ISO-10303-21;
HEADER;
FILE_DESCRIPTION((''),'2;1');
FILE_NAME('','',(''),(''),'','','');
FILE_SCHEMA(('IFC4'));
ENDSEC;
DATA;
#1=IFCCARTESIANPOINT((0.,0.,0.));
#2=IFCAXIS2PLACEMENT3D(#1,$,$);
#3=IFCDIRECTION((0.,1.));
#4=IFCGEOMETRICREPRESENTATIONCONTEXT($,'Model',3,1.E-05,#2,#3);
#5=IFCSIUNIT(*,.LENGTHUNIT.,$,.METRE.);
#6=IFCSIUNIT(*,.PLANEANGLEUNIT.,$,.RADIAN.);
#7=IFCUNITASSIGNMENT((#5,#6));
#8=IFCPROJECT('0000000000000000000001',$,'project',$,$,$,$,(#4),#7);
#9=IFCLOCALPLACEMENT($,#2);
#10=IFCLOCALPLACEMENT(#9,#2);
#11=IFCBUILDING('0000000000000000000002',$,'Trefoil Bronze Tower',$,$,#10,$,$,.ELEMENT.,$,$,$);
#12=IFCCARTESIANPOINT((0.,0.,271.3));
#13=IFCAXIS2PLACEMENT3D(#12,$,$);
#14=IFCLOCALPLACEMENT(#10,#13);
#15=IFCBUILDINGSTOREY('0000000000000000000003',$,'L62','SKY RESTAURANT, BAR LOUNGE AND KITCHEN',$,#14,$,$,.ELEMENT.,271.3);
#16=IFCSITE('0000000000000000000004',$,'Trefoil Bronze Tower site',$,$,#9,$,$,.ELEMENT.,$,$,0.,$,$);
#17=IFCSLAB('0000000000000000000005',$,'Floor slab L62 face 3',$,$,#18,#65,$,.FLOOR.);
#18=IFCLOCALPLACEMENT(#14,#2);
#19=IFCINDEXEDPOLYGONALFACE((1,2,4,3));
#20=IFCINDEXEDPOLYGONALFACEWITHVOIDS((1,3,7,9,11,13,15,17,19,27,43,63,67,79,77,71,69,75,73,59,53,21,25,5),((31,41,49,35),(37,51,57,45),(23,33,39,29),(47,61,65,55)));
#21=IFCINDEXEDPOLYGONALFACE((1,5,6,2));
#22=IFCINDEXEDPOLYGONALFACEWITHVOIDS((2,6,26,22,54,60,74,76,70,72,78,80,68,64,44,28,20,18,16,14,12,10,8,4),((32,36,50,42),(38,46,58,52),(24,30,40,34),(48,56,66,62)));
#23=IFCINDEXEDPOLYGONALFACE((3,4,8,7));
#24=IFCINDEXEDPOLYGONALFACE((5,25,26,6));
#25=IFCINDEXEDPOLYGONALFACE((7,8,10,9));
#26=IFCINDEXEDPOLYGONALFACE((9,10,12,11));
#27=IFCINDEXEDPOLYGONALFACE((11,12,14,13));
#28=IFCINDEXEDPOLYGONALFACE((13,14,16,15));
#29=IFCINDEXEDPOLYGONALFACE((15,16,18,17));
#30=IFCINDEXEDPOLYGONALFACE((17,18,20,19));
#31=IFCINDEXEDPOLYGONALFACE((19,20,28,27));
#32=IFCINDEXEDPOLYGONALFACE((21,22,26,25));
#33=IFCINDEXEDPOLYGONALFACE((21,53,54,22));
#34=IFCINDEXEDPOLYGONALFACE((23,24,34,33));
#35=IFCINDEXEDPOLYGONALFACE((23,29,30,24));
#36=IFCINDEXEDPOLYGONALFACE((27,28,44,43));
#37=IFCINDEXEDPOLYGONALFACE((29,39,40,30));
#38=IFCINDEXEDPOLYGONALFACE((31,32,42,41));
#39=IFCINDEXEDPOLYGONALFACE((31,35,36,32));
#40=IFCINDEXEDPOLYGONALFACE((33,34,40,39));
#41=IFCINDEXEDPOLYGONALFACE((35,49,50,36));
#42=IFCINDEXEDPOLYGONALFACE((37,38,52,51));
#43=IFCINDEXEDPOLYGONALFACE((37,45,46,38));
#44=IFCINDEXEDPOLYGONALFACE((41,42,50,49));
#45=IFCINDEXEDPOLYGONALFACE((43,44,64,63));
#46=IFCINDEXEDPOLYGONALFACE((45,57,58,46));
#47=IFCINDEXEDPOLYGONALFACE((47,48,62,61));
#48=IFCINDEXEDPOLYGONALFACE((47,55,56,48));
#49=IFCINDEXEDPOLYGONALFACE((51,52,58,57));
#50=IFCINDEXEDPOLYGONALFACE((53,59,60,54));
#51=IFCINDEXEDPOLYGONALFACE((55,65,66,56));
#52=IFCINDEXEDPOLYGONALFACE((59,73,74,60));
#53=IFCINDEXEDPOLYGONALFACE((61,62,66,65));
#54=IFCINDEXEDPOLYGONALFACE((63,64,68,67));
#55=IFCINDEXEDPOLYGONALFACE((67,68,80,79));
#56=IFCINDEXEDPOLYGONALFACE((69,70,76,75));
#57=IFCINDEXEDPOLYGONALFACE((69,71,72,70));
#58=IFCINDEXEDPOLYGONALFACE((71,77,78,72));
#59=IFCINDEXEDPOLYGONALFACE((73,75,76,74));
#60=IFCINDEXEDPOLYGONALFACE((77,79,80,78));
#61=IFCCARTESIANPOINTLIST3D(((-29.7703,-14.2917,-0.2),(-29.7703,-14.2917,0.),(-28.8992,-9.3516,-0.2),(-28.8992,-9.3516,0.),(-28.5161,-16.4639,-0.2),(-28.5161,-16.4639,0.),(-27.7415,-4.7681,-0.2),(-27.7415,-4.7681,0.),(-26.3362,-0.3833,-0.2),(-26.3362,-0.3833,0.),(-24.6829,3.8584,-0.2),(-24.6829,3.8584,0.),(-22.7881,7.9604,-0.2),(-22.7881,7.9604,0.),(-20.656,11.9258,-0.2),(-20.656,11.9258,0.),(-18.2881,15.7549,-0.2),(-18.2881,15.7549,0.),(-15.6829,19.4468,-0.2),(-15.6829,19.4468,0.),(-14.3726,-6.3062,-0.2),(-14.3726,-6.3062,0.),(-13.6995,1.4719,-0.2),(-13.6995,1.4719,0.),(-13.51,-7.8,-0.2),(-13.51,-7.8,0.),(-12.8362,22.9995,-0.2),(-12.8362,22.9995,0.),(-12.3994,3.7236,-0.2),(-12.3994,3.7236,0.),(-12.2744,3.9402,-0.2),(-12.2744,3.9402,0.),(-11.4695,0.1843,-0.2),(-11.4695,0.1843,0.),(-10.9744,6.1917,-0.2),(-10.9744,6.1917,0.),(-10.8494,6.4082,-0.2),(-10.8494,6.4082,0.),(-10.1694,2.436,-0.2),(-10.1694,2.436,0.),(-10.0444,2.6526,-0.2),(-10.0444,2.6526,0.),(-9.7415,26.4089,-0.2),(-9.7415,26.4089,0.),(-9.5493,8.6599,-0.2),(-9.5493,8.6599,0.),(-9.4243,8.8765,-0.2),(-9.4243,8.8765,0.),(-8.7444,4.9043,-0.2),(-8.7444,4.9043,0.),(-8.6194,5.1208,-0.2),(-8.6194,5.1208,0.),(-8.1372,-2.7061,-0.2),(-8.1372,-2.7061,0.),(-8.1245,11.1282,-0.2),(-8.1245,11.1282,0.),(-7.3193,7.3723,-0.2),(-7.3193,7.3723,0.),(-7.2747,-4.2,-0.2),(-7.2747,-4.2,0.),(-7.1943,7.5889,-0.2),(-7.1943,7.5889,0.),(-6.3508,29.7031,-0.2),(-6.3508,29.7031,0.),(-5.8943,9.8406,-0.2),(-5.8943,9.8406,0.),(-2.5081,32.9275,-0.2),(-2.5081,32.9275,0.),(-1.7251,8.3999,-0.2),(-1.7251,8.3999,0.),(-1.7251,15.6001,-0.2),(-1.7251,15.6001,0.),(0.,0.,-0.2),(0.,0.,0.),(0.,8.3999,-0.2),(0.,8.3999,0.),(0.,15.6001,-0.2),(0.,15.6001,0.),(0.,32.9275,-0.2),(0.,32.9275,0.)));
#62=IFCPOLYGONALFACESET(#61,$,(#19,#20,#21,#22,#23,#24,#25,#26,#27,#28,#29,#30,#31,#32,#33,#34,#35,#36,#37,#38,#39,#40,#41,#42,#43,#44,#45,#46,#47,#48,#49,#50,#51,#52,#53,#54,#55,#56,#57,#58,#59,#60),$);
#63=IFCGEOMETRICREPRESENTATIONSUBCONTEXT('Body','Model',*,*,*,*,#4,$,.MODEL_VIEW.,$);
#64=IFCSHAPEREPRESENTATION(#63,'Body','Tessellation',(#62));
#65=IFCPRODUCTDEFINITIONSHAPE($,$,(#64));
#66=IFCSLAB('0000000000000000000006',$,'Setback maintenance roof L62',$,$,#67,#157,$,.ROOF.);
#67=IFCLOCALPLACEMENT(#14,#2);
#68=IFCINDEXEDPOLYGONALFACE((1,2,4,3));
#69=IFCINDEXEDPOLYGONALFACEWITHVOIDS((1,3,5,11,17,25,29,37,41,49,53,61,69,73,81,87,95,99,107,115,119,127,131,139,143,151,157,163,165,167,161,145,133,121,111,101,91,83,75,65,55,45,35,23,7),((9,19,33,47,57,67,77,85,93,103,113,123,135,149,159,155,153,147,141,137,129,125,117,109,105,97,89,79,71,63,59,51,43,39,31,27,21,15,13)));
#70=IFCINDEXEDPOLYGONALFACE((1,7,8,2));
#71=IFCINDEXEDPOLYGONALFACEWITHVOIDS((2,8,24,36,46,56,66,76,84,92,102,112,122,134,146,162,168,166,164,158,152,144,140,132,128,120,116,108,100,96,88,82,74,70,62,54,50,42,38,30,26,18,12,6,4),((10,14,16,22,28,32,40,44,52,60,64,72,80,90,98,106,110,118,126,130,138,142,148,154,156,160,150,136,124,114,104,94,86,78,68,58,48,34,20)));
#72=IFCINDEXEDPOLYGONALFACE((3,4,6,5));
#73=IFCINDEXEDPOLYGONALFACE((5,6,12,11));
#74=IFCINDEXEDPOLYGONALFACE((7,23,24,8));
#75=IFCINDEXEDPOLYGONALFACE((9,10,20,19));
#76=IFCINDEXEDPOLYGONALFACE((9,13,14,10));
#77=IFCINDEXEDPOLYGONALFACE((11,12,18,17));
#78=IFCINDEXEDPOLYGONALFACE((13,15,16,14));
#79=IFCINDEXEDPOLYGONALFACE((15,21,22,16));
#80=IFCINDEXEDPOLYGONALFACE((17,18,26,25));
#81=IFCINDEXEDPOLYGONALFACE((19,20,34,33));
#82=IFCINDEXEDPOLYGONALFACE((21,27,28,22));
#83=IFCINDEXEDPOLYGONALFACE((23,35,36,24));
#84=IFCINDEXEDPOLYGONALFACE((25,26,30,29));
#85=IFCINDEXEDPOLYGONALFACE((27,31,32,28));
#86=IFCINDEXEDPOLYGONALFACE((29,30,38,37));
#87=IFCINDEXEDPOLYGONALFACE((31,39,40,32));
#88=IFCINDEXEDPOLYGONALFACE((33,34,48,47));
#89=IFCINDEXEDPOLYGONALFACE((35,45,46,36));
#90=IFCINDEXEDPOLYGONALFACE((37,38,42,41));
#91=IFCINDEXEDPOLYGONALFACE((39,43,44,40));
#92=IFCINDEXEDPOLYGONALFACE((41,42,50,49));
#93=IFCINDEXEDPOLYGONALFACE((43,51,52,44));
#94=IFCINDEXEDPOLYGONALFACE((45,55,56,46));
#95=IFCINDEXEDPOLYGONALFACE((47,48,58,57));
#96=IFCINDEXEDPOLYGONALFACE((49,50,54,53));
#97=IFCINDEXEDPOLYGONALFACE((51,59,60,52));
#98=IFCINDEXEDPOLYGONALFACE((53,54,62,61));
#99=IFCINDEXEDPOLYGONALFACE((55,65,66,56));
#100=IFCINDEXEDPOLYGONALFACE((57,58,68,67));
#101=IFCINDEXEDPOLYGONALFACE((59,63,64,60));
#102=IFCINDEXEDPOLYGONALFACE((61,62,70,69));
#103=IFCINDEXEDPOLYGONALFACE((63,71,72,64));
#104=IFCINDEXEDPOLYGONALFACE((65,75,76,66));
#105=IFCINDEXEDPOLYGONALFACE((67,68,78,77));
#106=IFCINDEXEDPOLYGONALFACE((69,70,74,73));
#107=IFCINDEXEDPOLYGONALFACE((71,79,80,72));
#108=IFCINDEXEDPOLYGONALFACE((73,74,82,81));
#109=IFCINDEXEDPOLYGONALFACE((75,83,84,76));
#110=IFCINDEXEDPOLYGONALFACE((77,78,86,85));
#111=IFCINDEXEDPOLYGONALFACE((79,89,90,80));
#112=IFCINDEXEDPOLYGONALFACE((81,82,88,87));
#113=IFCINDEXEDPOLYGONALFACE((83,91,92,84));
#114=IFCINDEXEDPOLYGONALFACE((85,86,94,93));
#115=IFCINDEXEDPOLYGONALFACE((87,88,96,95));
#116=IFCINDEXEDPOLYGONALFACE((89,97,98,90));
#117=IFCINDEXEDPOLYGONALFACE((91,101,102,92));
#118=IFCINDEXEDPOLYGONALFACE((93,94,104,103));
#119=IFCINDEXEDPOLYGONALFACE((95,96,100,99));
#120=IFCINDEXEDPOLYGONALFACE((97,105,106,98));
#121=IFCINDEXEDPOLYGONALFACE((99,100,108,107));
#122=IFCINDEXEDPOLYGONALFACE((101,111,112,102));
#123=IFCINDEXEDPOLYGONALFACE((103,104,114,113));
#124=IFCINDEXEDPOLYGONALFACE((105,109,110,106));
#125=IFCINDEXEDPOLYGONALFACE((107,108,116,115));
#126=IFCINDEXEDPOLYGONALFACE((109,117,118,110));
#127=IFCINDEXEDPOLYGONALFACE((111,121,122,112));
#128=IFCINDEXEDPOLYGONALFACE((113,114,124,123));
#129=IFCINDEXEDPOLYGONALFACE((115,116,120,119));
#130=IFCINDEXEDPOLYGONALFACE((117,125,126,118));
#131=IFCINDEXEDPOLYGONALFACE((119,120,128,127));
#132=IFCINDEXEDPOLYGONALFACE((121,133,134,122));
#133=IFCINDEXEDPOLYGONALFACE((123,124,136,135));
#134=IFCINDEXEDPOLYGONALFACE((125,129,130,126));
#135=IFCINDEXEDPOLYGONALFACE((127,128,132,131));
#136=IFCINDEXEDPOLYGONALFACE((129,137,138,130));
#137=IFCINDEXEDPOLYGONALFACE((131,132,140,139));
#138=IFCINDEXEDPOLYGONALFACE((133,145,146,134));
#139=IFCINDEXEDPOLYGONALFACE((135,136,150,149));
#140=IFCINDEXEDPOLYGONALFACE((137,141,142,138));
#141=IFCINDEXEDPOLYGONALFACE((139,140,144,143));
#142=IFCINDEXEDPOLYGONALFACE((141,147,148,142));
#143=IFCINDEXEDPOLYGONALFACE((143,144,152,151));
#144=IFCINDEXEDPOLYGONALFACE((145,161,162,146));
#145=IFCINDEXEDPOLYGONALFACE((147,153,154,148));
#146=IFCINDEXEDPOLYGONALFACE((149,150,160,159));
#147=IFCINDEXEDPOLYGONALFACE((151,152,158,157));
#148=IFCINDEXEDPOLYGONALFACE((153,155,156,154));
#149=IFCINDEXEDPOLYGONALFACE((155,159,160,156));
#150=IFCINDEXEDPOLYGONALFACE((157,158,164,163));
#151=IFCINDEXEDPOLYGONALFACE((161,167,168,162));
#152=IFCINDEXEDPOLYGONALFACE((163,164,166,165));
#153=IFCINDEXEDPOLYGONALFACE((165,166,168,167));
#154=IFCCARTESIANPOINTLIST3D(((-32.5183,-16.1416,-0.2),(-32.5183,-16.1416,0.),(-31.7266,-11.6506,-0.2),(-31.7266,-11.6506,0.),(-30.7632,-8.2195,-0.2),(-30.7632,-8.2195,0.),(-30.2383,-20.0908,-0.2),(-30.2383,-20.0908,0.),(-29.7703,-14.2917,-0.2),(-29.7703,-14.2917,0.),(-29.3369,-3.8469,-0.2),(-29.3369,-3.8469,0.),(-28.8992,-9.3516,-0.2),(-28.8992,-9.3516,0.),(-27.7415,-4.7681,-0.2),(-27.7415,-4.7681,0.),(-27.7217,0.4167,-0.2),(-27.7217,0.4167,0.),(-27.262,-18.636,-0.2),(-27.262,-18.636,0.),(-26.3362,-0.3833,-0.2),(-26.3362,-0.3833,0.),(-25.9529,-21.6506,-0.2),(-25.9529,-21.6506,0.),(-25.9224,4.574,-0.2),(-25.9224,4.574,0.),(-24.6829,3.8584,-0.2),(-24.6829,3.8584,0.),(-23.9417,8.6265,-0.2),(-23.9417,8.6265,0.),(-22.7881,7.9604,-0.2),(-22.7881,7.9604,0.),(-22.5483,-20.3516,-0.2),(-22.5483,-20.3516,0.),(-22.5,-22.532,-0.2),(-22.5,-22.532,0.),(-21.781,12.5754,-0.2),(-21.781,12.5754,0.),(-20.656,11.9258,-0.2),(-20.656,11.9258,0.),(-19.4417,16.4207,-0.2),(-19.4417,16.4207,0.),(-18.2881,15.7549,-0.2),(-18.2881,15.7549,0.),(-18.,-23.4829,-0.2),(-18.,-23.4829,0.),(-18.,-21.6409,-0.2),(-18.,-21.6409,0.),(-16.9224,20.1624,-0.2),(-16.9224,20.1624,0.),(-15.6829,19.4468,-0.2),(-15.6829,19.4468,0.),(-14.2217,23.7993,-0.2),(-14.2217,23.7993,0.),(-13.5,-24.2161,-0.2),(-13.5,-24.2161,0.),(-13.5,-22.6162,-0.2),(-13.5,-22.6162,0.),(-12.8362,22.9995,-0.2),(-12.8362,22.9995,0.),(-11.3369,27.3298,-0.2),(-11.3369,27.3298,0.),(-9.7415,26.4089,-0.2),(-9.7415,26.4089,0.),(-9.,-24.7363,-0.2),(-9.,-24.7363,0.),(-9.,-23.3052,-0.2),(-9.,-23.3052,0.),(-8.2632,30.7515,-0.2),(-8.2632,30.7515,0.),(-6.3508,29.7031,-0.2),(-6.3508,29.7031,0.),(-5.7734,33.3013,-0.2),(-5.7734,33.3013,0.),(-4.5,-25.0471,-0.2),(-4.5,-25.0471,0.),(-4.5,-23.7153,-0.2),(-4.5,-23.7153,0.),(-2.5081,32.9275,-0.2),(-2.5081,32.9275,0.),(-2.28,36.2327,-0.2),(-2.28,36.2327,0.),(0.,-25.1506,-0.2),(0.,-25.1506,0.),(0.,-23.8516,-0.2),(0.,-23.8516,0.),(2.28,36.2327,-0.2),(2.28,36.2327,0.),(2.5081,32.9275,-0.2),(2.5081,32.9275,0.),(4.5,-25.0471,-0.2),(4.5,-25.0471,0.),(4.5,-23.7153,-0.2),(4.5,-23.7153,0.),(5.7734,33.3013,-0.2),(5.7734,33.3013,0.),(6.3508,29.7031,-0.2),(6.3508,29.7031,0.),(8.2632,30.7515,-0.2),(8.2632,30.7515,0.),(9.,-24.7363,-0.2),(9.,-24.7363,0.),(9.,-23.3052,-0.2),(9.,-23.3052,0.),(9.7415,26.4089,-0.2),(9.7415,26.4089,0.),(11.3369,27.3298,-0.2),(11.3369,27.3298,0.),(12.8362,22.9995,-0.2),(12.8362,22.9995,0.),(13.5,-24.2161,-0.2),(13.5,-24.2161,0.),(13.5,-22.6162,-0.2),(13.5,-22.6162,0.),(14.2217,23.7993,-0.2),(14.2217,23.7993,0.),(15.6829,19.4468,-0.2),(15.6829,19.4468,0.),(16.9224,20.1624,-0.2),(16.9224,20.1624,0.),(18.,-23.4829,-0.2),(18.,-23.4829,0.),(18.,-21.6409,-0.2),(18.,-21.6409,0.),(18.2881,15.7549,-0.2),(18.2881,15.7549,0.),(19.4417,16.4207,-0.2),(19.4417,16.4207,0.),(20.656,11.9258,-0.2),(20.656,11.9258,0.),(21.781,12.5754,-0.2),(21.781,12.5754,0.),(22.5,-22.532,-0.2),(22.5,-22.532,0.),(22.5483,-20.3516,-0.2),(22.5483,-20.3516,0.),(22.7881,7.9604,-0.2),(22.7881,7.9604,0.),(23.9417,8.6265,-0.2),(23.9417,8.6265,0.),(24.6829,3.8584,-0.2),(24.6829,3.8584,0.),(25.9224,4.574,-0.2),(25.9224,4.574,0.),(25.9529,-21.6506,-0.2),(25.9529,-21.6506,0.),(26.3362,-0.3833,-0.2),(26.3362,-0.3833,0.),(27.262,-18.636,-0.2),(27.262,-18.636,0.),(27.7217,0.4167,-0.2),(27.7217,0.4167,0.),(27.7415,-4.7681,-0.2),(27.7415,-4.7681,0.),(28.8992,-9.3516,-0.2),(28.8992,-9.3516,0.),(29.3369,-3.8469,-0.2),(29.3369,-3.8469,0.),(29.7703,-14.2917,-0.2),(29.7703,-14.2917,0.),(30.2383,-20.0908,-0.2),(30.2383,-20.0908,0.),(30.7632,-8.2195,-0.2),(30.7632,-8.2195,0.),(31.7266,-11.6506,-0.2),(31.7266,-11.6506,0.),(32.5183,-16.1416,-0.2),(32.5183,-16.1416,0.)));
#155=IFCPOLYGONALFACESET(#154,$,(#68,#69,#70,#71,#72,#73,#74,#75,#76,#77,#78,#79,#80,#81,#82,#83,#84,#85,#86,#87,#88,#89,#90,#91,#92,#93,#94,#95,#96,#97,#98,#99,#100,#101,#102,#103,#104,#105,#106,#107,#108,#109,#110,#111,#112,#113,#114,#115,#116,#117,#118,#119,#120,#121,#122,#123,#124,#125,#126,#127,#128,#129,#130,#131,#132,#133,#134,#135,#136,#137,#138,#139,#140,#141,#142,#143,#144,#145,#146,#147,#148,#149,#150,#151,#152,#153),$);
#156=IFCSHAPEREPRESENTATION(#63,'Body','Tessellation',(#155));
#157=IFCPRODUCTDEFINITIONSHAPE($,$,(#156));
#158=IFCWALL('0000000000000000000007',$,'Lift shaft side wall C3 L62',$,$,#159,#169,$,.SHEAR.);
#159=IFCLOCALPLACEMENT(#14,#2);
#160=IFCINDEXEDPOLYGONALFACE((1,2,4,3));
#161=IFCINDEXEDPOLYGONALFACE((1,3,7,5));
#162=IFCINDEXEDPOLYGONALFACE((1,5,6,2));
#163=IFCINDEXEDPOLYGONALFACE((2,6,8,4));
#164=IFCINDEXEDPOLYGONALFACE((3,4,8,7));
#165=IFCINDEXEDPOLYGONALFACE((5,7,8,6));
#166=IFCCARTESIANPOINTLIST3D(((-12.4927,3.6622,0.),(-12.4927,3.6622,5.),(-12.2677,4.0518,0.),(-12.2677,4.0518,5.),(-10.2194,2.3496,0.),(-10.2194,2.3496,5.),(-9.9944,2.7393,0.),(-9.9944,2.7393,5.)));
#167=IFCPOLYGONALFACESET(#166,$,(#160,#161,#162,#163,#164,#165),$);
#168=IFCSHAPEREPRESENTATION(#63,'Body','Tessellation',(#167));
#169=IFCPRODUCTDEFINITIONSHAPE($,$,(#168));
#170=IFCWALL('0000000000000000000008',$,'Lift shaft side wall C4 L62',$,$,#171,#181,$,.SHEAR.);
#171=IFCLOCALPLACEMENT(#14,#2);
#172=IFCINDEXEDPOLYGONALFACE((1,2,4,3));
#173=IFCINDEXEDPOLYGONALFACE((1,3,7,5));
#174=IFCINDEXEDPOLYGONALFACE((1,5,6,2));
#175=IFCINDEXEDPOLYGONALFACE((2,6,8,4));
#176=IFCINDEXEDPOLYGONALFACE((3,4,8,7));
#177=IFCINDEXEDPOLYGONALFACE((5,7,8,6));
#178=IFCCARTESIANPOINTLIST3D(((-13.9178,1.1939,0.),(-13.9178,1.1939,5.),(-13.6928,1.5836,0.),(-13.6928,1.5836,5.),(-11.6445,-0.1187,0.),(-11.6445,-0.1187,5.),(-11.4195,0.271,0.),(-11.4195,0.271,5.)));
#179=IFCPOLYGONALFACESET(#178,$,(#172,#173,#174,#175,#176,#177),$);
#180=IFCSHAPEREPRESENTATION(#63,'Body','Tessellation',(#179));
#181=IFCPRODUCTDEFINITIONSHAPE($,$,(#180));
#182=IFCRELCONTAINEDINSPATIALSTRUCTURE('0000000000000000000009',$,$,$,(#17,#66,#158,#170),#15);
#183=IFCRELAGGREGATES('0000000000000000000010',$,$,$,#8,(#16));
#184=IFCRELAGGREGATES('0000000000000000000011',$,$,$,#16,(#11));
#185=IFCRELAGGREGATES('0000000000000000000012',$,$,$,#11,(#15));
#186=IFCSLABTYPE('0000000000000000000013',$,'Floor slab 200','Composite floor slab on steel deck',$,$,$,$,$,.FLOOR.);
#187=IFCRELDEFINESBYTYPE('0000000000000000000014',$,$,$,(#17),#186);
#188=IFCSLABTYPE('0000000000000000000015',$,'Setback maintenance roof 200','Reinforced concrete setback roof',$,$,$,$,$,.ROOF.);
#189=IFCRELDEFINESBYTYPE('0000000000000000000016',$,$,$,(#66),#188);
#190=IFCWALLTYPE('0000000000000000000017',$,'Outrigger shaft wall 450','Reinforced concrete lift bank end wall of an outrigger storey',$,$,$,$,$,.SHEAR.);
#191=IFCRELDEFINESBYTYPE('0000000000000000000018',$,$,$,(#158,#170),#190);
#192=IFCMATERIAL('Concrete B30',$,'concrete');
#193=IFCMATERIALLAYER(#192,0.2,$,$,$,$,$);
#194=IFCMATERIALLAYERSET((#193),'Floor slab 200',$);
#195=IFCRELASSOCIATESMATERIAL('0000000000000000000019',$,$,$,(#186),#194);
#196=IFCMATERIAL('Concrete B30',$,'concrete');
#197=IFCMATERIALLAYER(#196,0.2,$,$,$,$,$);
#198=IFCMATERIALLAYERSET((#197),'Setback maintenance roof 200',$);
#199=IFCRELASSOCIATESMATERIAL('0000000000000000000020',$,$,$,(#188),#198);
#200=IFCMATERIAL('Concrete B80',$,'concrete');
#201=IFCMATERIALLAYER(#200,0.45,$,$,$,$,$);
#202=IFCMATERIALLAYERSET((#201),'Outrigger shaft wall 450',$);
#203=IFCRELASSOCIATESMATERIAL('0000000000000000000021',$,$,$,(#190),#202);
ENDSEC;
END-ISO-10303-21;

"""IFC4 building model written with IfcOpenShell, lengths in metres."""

from ifc_helpers import new_model, si_unit, direction, frame, frame_2d, origin, place, context, subcontext, project, spatial, polyline, rectangle, outline, extrude, material, layer, layer_set, type_object, element, save


model = new_model("IFC4")

# Units and contexts
model_context = context("Model", 3, precision=1e-05, world=origin(), true_north=direction((0.0, 1.0)))
body_context = subcontext(model_context, "Body", "Model", "MODEL_VIEW")
ifc_project = project(units=[si_unit("LENGTHUNIT", "METRE"), si_unit("PLANEANGLEUNIT", "RADIAN")], contexts=[model_context])

# Site, building, storey
site_placement = place(None, origin())
site = spatial("IfcSite", under=ifc_project, at=site_placement, Name="Trefoil Bronze Tower site", CompositionType="ELEMENT", RefElevation=0.0)
building_placement = place(site_placement, origin())
building = spatial("IfcBuilding", under=site, at=building_placement, Name="Trefoil Bronze Tower", CompositionType="ELEMENT")
storey_placement = place(building_placement, frame((0.0, 0.0, 271.3)))
storey = spatial("IfcBuildingStorey", under=building, at=storey_placement, Name="L62", Description="SKY RESTAURANT, BAR LOUNGE AND KITCHEN", CompositionType="ELEMENT", Elevation=271.3)

# Slabs
ifc_material_1 = material(Name="Concrete B30", Category="concrete")
ifc_layer_1 = layer(ifc_material_1, 0.2)
ifc_layer_set_1 = layer_set([ifc_layer_1], Name="Floor slab 200")
slab_type_1 = type_object("IfcSlabType", Name="Floor slab 200", Description="Composite floor slab on steel deck", PredefinedType="FLOOR", material=ifc_layer_set_1)
slab_1_placement = place(storey_placement, frame((0.0, 0.0, -0.2)))
element("IfcSlab", 1, at=slab_1_placement, inside=storey, type_object=slab_type_1, Name="Floor slab L62 face 3", PredefinedType="FLOOR", context=body_context, shape_type="SweptSolid", body=[
    extrude(outline(polyline([(-26.3362, -0.3833), (-24.6829, 3.8584), (-22.7881, 7.9604), (-20.656, 11.9258), (-18.2881, 15.7549), (-15.6829, 19.4468), (-12.8362, 22.9995), (-9.7415, 26.4089), (-6.3508, 29.7031), (-2.5081, 32.9275), (0.0, 32.9275), (0.0, 15.6001), (-1.7251, 15.6001), (-1.7251, 8.3999), (0.0, 8.3999), (0.0, 0.0), (-7.2747, -4.2), (-8.1372, -2.7061), (-14.3726, -6.3062), (-13.51, -7.8), (-28.5161, -16.4639), (-29.7703, -14.2917), (-28.8992, -9.3516), (-27.7415, -4.7681), (-26.3362, -0.3833)]), holes=[polyline([(-5.8943, 9.8406), (-7.1943, 7.5889), (-9.4243, 8.8765), (-8.1245, 11.1282), (-5.8943, 9.8406)]), polyline([(-7.3193, 7.3723), (-8.6194, 5.1208), (-10.8494, 6.4082), (-9.5493, 8.6599), (-7.3193, 7.3723)]), polyline([(-8.7444, 4.9043), (-10.0444, 2.6526), (-12.2744, 3.9402), (-10.9744, 6.1917), (-8.7444, 4.9043)]), polyline([(-10.1694, 2.436), (-11.4695, 0.1843), (-13.6995, 1.4719), (-12.3994, 3.7236), (-10.1694, 2.436)])]), origin(), (0.0, 0.0, 1.0), 0.2),
])
ifc_material_2 = material(Name="Concrete B30", Category="concrete")
ifc_layer_2 = layer(ifc_material_2, 0.2)
ifc_layer_set_2 = layer_set([ifc_layer_2], Name="Setback maintenance roof 200")
slab_type_2 = type_object("IfcSlabType", Name="Setback maintenance roof 200", Description="Reinforced concrete setback roof", PredefinedType="ROOF", material=ifc_layer_set_2)
slab_2_placement = place(storey_placement, frame((0.0, 0.0, -0.2)))
element("IfcSlab", 2, at=slab_2_placement, inside=storey, type_object=slab_type_2, Name="Setback maintenance roof L62", PredefinedType="ROOF", context=body_context, shape_type="SweptSolid", body=[
    extrude(outline(polyline([(-25.9529, -21.6506), (-22.5, -22.532), (-18.0, -23.4829), (-13.5, -24.2161), (-9.0, -24.7363), (-4.5, -25.0471), (0.0, -25.1506), (4.5, -25.0471), (9.0, -24.7363), (13.5, -24.2161), (18.0, -23.4829), (22.5, -22.532), (25.9529, -21.6506), (30.2383, -20.0908), (32.5183, -16.1416), (31.7266, -11.6506), (30.7632, -8.2195), (29.3369, -3.8469), (27.7217, 0.4167), (25.9224, 4.574), (23.9417, 8.6265), (21.781, 12.5754), (19.4417, 16.4207), (16.9224, 20.1624), (14.2217, 23.7993), (11.3369, 27.3298), (8.2632, 30.7515), (5.7734, 33.3013), (2.28, 36.2327), (-2.28, 36.2327), (-5.7734, 33.3013), (-8.2632, 30.7515), (-11.3369, 27.3298), (-14.2217, 23.7993), (-16.9224, 20.1624), (-19.4417, 16.4207), (-21.781, 12.5754), (-23.9417, 8.6265), (-25.9224, 4.574), (-27.7217, 0.4167), (-29.3369, -3.8469), (-30.7632, -8.2195), (-31.7266, -11.6506), (-32.5183, -16.1416), (-30.2383, -20.0908), (-25.9529, -21.6506)]), holes=[polyline([(-22.5483, -20.3516), (-18.0, -21.6409), (-13.5, -22.6162), (-9.0, -23.3052), (-4.5, -23.7153), (0.0, -23.8516), (4.5, -23.7153), (9.0, -23.3052), (13.5, -22.6162), (18.0, -21.6409), (22.5483, -20.3516), (27.262, -18.636), (29.7703, -14.2917), (28.8992, -9.3516), (27.7415, -4.7681), (26.3362, -0.3833), (24.6829, 3.8584), (22.7881, 7.9604), (20.656, 11.9258), (18.2881, 15.7549), (15.6829, 19.4468), (12.8362, 22.9995), (9.7415, 26.4089), (6.3508, 29.7031), (2.5081, 32.9275), (-2.5081, 32.9275), (-6.3508, 29.7031), (-9.7415, 26.4089), (-12.8362, 22.9995), (-15.6829, 19.4468), (-18.2881, 15.7549), (-20.656, 11.9258), (-22.7881, 7.9604), (-24.6829, 3.8584), (-26.3362, -0.3833), (-27.7415, -4.7681), (-28.8992, -9.3516), (-29.7703, -14.2917), (-27.262, -18.636), (-22.5483, -20.3516)])]), origin(), (0.0, 0.0, 1.0), 0.2),
])

# Walls
ifc_material_3 = material(Name="Concrete B80", Category="concrete")
ifc_layer_3 = layer(ifc_material_3, 0.45)
ifc_layer_set_3 = layer_set([ifc_layer_3], Name="Outrigger shaft wall 450")
wall_type_1 = type_object("IfcWallType", Name="Outrigger shaft wall 450", Description="Reinforced concrete lift bank end wall of an outrigger storey", PredefinedType="SHEAR", material=ifc_layer_set_3)
for number, where, z_axis, x_axis, name in (
    (3, (-10.1069, 2.5444, 0.0), (0.0, 0.0, 1.0), (-0.866014, 0.50002, 0.0), "Lift shaft side wall C3 L62"),
    (4, (-11.532, 0.0762, 0.0), (0.0, 0.0, 1.0), (-0.866014, 0.50002, 0.0), "Lift shaft side wall C4 L62"),
):
    element("IfcWall", number, at=place(storey_placement, frame(where, z_axis=z_axis, x_axis=x_axis)), inside=storey, type_object=wall_type_1, Name=name, PredefinedType="SHEAR", context=body_context, shape_type="SweptSolid", body=[
        extrude(rectangle(XDim=2.625, YDim=0.45, at=frame_2d((1.3125, 0.0))), origin(), (0.0, 0.0, 1.0), 5.0),
    ])

save(model, "model.ifc")
